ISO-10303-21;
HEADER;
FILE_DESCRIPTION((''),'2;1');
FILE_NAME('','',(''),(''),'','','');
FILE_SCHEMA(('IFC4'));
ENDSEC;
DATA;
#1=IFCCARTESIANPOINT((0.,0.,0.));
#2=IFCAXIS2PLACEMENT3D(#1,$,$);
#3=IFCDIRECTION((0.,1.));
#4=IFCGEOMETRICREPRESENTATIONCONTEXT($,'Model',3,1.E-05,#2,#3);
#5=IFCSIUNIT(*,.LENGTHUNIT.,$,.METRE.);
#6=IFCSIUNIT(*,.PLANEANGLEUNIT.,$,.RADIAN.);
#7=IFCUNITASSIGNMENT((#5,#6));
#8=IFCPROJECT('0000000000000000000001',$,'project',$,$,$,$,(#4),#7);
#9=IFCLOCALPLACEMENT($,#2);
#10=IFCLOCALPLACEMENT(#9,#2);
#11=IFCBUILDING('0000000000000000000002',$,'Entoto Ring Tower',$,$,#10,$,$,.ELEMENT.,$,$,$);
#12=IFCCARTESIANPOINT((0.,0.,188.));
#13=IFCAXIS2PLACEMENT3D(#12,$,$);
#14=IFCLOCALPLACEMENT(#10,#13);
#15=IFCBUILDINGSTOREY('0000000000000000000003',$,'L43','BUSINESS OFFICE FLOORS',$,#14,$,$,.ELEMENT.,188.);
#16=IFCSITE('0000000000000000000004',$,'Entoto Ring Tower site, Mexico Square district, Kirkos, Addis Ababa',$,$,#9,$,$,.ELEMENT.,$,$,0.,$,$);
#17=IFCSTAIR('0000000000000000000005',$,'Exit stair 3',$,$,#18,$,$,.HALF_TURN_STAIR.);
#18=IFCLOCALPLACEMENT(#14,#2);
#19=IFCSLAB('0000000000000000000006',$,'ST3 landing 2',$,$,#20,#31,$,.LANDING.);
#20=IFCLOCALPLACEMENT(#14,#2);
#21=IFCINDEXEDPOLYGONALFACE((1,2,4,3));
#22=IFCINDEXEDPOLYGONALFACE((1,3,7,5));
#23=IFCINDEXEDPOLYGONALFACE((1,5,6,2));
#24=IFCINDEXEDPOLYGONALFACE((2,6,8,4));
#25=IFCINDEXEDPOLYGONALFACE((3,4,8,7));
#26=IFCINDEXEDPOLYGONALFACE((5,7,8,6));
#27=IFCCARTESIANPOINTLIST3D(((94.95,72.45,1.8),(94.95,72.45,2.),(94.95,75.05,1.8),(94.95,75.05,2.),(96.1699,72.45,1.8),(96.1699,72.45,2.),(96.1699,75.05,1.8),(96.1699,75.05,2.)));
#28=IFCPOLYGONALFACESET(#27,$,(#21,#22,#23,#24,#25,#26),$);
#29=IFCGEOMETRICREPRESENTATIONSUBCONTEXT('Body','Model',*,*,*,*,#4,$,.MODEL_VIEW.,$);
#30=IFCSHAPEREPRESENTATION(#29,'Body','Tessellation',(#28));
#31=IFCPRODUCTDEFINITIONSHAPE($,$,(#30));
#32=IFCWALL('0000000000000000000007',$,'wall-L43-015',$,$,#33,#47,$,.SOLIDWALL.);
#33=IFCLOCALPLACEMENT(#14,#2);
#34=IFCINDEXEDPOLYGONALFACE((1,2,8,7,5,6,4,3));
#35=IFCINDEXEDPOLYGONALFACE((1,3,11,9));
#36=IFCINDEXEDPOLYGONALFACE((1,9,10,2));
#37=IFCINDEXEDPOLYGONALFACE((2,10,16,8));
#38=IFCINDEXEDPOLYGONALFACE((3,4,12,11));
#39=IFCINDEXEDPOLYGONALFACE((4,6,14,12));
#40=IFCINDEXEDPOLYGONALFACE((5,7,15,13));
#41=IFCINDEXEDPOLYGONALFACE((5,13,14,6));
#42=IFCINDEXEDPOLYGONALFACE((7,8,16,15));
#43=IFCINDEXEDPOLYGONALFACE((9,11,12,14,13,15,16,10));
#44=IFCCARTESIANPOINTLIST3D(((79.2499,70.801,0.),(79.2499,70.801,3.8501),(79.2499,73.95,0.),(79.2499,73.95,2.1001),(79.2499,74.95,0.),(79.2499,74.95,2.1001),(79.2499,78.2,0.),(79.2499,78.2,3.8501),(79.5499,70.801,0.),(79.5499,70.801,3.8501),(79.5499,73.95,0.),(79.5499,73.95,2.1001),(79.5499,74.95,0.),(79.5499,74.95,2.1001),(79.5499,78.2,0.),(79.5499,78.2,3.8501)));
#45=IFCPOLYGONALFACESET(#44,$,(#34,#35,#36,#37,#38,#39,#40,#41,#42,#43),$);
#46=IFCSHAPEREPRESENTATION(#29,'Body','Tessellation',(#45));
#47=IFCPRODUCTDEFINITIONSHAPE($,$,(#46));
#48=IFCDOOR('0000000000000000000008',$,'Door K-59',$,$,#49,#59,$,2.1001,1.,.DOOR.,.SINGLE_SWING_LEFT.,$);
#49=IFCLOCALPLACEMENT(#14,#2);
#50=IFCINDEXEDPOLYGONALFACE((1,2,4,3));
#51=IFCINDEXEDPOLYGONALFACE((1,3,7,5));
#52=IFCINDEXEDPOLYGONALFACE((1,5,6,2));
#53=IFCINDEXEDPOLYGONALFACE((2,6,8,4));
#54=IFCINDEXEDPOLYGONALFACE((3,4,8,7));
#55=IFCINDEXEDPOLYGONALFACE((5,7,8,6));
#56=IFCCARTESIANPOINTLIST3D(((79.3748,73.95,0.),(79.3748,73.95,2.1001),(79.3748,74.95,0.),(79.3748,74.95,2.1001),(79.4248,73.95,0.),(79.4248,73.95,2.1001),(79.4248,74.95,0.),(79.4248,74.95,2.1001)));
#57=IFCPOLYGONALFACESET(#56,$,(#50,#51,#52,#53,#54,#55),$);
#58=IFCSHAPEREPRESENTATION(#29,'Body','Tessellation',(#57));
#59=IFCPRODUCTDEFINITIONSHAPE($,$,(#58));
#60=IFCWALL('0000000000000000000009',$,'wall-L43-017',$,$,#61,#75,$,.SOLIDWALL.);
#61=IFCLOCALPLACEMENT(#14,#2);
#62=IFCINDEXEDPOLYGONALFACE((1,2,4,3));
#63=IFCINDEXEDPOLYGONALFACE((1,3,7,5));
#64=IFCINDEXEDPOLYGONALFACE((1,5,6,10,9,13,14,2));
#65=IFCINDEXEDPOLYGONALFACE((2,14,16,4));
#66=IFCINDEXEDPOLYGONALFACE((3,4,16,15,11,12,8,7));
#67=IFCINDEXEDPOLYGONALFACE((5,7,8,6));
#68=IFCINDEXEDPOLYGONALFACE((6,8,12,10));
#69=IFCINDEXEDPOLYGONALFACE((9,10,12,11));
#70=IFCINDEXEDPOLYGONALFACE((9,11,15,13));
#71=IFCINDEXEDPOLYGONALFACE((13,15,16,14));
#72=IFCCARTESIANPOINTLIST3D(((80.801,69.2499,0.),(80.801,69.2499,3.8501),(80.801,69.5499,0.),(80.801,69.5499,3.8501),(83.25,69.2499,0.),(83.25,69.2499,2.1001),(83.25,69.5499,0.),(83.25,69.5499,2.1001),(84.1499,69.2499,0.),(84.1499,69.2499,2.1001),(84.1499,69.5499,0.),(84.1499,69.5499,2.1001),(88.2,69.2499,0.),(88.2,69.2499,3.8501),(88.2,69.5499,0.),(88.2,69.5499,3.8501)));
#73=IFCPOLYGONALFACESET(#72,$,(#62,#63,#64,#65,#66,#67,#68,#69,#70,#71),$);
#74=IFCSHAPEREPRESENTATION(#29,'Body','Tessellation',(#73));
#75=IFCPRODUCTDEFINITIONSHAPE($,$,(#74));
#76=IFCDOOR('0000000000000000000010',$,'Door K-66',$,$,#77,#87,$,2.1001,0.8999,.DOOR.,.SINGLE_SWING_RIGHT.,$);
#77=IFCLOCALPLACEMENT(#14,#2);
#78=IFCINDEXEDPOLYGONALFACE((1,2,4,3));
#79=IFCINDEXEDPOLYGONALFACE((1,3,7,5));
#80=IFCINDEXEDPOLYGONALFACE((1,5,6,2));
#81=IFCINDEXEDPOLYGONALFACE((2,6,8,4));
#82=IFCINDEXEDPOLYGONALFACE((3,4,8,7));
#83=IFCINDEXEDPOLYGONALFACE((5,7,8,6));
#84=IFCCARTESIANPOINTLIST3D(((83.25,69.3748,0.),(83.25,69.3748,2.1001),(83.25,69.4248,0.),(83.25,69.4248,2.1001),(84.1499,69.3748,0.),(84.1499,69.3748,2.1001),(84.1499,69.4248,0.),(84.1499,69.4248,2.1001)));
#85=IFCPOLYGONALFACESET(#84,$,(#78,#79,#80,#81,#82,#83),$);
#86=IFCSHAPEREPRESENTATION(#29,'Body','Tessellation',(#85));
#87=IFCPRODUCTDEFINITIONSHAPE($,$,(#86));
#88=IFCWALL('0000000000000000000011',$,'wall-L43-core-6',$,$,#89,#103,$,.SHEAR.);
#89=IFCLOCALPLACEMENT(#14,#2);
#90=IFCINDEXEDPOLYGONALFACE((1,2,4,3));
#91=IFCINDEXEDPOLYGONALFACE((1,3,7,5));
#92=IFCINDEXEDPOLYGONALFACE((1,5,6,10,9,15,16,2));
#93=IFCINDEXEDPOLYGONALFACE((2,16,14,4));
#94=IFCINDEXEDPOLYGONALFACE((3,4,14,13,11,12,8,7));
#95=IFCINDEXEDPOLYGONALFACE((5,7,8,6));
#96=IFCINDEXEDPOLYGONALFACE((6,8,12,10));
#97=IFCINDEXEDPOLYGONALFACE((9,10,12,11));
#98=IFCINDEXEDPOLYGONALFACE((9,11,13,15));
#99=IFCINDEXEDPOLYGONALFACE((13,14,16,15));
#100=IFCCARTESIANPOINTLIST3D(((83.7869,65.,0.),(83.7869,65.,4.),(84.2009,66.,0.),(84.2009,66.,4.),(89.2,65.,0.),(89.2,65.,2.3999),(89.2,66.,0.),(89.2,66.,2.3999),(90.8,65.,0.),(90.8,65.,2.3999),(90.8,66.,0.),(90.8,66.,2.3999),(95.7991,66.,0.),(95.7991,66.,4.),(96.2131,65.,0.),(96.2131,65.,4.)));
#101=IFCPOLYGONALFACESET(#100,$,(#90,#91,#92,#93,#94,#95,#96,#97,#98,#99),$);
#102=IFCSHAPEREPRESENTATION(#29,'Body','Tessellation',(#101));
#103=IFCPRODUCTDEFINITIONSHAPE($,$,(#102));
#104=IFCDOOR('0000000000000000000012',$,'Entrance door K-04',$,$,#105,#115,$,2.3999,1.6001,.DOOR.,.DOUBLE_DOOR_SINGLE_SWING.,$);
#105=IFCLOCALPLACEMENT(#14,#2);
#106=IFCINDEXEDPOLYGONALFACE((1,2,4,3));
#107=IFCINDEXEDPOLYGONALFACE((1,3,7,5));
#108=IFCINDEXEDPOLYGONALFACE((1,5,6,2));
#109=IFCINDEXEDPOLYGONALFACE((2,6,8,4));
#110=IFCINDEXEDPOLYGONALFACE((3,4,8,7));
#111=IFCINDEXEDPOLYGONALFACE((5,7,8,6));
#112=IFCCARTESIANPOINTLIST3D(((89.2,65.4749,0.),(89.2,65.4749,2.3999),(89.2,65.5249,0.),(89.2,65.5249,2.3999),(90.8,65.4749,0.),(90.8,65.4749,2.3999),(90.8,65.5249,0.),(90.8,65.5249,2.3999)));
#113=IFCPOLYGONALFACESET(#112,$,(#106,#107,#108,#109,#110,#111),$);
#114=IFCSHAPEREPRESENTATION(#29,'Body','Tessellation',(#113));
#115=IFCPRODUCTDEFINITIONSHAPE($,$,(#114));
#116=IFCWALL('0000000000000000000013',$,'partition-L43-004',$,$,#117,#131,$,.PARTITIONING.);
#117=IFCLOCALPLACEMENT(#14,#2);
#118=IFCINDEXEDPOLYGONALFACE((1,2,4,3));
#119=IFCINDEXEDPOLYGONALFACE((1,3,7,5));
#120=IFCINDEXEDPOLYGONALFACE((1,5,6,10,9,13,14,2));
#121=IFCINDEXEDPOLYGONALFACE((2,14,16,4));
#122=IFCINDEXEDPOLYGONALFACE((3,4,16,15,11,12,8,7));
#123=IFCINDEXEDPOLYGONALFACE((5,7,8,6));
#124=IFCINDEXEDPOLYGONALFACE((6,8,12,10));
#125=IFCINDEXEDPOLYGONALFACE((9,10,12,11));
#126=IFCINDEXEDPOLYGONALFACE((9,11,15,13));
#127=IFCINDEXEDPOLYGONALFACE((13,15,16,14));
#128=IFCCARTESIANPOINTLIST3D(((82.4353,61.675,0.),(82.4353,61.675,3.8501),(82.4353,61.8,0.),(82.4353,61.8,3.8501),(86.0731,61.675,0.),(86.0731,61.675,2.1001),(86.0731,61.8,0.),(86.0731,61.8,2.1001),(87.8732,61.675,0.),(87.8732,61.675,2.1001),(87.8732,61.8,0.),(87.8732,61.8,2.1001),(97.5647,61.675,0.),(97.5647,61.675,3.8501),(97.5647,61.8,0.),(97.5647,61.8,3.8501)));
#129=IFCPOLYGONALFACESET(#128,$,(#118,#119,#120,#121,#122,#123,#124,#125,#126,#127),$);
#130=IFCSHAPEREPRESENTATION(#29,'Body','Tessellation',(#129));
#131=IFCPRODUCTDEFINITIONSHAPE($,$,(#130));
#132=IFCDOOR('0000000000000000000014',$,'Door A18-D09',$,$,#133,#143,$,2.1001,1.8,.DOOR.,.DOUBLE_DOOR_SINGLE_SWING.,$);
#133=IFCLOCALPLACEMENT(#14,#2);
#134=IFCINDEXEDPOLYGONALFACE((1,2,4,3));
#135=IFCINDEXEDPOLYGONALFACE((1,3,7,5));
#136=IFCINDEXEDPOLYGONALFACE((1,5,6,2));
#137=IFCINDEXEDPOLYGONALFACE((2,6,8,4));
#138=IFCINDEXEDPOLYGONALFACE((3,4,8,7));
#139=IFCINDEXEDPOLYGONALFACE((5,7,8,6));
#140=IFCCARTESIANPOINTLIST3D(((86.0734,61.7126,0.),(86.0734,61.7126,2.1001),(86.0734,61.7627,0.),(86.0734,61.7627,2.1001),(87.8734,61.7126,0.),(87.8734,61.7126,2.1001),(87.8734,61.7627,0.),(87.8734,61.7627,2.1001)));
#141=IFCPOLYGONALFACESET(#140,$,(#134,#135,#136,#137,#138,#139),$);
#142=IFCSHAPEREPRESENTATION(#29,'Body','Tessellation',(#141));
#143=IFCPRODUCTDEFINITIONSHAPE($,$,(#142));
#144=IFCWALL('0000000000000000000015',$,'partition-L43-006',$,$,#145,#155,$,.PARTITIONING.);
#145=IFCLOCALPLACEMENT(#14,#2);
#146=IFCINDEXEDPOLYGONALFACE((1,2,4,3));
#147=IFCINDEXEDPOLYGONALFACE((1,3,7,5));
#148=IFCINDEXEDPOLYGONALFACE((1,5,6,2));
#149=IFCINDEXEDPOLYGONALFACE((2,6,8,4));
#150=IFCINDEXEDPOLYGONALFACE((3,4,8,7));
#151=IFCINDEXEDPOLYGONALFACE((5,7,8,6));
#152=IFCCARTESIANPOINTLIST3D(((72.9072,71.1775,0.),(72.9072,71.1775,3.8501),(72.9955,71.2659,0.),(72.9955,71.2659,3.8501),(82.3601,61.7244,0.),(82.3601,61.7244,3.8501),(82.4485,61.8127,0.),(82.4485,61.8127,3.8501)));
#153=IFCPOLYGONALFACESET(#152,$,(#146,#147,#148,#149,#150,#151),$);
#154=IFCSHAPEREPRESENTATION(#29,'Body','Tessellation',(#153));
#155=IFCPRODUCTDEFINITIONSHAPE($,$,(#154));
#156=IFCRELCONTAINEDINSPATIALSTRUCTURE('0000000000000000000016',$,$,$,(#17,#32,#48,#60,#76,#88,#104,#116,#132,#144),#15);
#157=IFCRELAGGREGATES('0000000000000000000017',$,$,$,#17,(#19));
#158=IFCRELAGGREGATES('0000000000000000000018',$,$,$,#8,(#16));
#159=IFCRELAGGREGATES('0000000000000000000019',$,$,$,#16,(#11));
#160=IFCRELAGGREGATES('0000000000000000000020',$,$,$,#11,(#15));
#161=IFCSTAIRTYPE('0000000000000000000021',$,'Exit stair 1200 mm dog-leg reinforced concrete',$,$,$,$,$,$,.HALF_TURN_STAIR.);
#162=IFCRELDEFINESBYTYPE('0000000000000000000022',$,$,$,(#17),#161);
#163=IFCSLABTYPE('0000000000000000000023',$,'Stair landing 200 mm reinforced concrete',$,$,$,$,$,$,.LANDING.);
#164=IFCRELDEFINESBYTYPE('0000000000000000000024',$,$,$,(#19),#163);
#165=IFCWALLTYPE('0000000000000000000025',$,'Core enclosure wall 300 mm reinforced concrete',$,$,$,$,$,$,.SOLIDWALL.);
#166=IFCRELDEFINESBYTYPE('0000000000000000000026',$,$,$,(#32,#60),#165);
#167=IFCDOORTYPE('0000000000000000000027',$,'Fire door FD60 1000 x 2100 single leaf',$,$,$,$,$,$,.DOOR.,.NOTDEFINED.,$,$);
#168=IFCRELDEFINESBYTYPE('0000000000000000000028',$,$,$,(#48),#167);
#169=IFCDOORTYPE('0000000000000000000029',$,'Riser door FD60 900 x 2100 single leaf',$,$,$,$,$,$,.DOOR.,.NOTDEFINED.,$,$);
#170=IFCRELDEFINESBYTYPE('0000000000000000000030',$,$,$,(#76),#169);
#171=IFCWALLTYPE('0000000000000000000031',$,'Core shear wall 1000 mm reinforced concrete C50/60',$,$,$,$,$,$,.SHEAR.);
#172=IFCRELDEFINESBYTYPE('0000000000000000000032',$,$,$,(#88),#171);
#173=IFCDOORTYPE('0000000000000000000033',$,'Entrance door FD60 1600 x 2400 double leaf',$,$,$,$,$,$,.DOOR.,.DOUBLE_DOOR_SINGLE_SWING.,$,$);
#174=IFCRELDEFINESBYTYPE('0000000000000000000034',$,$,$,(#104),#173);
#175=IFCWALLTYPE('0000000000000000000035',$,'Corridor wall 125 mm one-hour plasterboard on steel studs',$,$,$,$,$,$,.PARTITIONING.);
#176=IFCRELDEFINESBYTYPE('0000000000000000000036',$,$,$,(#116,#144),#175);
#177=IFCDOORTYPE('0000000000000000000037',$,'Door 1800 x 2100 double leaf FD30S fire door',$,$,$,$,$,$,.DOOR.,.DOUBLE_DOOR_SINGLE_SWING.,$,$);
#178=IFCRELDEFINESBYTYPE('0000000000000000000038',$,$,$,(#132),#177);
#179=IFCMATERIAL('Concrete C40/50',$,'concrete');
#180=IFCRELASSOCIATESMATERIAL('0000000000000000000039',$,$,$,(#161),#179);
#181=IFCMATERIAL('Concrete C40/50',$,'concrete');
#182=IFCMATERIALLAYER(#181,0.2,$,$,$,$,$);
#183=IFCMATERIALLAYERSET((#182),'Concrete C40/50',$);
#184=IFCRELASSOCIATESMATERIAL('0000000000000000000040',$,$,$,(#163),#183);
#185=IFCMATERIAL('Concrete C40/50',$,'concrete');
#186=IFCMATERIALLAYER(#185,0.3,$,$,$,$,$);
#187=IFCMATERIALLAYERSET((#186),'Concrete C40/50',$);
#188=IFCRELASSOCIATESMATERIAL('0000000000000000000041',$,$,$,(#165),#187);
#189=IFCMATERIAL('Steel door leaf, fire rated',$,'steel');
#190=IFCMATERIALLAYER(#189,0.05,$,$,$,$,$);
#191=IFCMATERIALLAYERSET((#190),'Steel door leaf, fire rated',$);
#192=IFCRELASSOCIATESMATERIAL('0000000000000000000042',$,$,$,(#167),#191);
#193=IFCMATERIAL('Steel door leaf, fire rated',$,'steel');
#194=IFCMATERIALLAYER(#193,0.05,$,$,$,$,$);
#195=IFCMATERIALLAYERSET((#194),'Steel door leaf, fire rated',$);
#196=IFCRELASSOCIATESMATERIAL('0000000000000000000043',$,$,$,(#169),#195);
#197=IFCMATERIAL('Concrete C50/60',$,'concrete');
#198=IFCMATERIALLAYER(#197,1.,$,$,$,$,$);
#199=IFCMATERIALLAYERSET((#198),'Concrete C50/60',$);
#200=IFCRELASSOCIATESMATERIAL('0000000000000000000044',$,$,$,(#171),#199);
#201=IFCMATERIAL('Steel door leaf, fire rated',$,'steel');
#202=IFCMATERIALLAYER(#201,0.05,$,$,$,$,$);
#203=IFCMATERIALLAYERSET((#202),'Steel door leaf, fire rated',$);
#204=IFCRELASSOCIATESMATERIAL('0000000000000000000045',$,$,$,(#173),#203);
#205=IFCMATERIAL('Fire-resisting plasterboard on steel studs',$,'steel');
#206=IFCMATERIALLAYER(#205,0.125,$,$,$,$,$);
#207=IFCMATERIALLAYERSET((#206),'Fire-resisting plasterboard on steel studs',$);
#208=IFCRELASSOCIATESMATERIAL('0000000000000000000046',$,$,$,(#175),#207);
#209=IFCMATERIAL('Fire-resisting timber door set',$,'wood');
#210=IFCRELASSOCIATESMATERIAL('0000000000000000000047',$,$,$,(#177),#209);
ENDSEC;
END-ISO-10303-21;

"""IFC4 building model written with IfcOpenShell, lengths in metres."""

from ifc_helpers import new_model, si_unit, direction, frame, frame_2d, origin, place, context, subcontext, project, spatial, polyline, rectangle, outline, extrude, material, layer, layer_set, type_object, element, fill, aggregate, save


model = new_model("IFC4")

# Units and contexts
model_context = context("Model", 3, precision=1e-05, world=origin(), true_north=direction((0.0, 1.0)))
body_context = subcontext(model_context, "Body", "Model", "MODEL_VIEW")
ifc_project = project(units=[si_unit("LENGTHUNIT", "METRE"), si_unit("PLANEANGLEUNIT", "RADIAN")], contexts=[model_context])

# Site, building, storey
site_placement = place(None, origin())
site = spatial("IfcSite", under=ifc_project, at=site_placement, Name="Entoto Ring Tower site, Mexico Square district, Kirkos, Addis Ababa", CompositionType="ELEMENT", RefElevation=0.0)
building_placement = place(site_placement, origin())
building = spatial("IfcBuilding", under=site, at=building_placement, Name="Entoto Ring Tower", CompositionType="ELEMENT")
storey_placement = place(building_placement, frame((0.0, 0.0, 188.0)))
storey = spatial("IfcBuildingStorey", under=building, at=storey_placement, Name="L43", Description="BUSINESS OFFICE FLOORS", CompositionType="ELEMENT", Elevation=188.0)

# Stair, slab
ifc_material_1 = material(Name="Concrete C40/50", Category="concrete")
stair_type = type_object("IfcStairType", Name="Exit stair 1200 mm dog-leg reinforced concrete", PredefinedType="HALF_TURN_STAIR", material=ifc_material_1)
stair_placement = place(storey_placement, origin())
stair = element("IfcStair", 1, at=stair_placement, inside=storey, type_object=stair_type, Name="Exit stair 3", PredefinedType="HALF_TURN_STAIR")
ifc_material_2 = material(Name="Concrete C40/50", Category="concrete")
ifc_layer_1 = layer(ifc_material_2, 0.2)
ifc_layer_set_1 = layer_set([ifc_layer_1], Name="Concrete C40/50")
slab_type_1 = type_object("IfcSlabType", Name="Stair landing 200 mm reinforced concrete", PredefinedType="LANDING", material=ifc_layer_set_1)
slab_1_placement = place(storey_placement, frame((0.0, 0.0, 1.8)))
slab_1 = element("IfcSlab", 2, at=slab_1_placement, type_object=slab_type_1, Name="ST3 landing 2", PredefinedType="LANDING", context=body_context, shape_type="SweptSolid", body=[
    extrude(outline(polyline([(94.95, 72.45), (96.1699, 72.45), (96.1699, 75.05), (94.95, 75.05), (94.95, 72.45)])), origin(), (0.0, 0.0, 1.0), 0.2),
])
aggregate(stair, [slab_1])

# Walls, openings, doors
ifc_material_3 = material(Name="Concrete C40/50", Category="concrete")
ifc_layer_2 = layer(ifc_material_3, 0.3)
ifc_layer_set_2 = layer_set([ifc_layer_2], Name="Concrete C40/50")
wall_type_1 = type_object("IfcWallType", Name="Core enclosure wall 300 mm reinforced concrete", PredefinedType="SOLIDWALL", material=ifc_layer_set_2)
wall_1_placement = place(storey_placement, frame((79.3999, 70.801, 0.0), z_axis=(0.0, 0.0, 1.0), x_axis=(0.0, 1.0, 0.0)))
wall_1 = element("IfcWall", 3, at=wall_1_placement, inside=storey, type_object=wall_type_1, Name="wall-L43-015", PredefinedType="SOLIDWALL", context=body_context, shape_type="SweptSolid", body=[
    extrude(rectangle(XDim=7.3989, YDim=0.3, at=frame_2d((3.6995, 0.0))), origin(), (0.0, 0.0, 1.0), 3.8501),
])
opening_1_placement = place(wall_1_placement, frame((3.1489, 0.0, 0.0)))
opening_1 = element("IfcOpeningElement", 4, at=opening_1_placement, cuts=wall_1, PredefinedType="OPENING", context=body_context, shape_type="SweptSolid", body=[
    extrude(rectangle(XDim=1.0, YDim=2.1001, at=frame_2d((0.5, 1.05))), frame((0.0, 0.1602, 0.0), z_axis=(0.0, -1.0, 0.0), x_axis=(1.0, 0.0, 0.0)), (0.0, 0.0, 1.0), 0.3201),
])
ifc_material_4 = material(Name="Steel door leaf, fire rated", Category="steel")
ifc_layer_3 = layer(ifc_material_4, 0.05)
ifc_layer_set_3 = layer_set([ifc_layer_3], Name="Steel door leaf, fire rated")
door_type_1 = type_object("IfcDoorType", Name="Fire door FD60 1000 x 2100 single leaf", OperationType="NOTDEFINED", PredefinedType="DOOR", material=ifc_layer_set_3)
door_1_placement = place(opening_1_placement, frame((1.0, 0.0, 0.0), z_axis=(0.0, 0.0, 1.0), x_axis=(-1.0, 0.0, 0.0)))
door_1 = element("IfcDoor", 5, at=door_1_placement, inside=storey, type_object=door_type_1, Name="Door K-59", OperationType="SINGLE_SWING_LEFT", OverallHeight=2.1001, OverallWidth=1.0, PredefinedType="DOOR", context=body_context, shape_type="SweptSolid", body=[
    extrude(rectangle(XDim=1.0, YDim=2.1001, at=frame_2d((0.5, 1.05))), frame((0.0, 0.0249, 0.0), z_axis=(0.0, -1.0, 0.0), x_axis=(1.0, 0.0, 0.0)), (0.0, 0.0, 1.0), 0.05),
])
fill(opening_1, door_1)
wall_2_placement = place(storey_placement, frame((80.801, 69.3999, 0.0), z_axis=(0.0, 0.0, 1.0), x_axis=(1.0, 0.0, 0.0)))
wall_2 = element("IfcWall", 6, at=wall_2_placement, inside=storey, type_object=wall_type_1, Name="wall-L43-017", PredefinedType="SOLIDWALL", context=body_context, shape_type="SweptSolid", body=[
    extrude(rectangle(XDim=7.3989, YDim=0.3, at=frame_2d((3.6995, 0.0))), origin(), (0.0, 0.0, 1.0), 3.8501),
])
opening_2_placement = place(wall_2_placement, frame((2.449, 0.0, 0.0)))
opening_2 = element("IfcOpeningElement", 7, at=opening_2_placement, cuts=wall_2, PredefinedType="OPENING", context=body_context, shape_type="SweptSolid", body=[
    extrude(rectangle(XDim=0.8999, YDim=2.1001, at=frame_2d((0.45, 1.05))), frame((0.0, 0.1602, 0.0), z_axis=(0.0, -1.0, 0.0), x_axis=(1.0, 0.0, 0.0)), (0.0, 0.0, 1.0), 0.3201),
])
ifc_material_5 = material(Name="Steel door leaf, fire rated", Category="steel")
ifc_layer_4 = layer(ifc_material_5, 0.05)
ifc_layer_set_4 = layer_set([ifc_layer_4], Name="Steel door leaf, fire rated")
door_type_2 = type_object("IfcDoorType", Name="Riser door FD60 900 x 2100 single leaf", OperationType="NOTDEFINED", PredefinedType="DOOR", material=ifc_layer_set_4)
door_2_placement = place(opening_2_placement, origin())
door_2 = element("IfcDoor", 8, at=door_2_placement, inside=storey, type_object=door_type_2, Name="Door K-66", OperationType="SINGLE_SWING_RIGHT", OverallHeight=2.1001, OverallWidth=0.8999, PredefinedType="DOOR", context=body_context, shape_type="SweptSolid", body=[
    extrude(rectangle(XDim=0.8999, YDim=2.1001, at=frame_2d((0.45, 1.05))), frame((0.0, 0.0249, 0.0), z_axis=(0.0, -1.0, 0.0), x_axis=(1.0, 0.0, 0.0)), (0.0, 0.0, 1.0), 0.05),
])
fill(opening_2, door_2)
ifc_material_6 = material(Name="Concrete C50/60", Category="concrete")
ifc_layer_5 = layer(ifc_material_6, 1.0)
ifc_layer_set_5 = layer_set([ifc_layer_5], Name="Concrete C50/60")
wall_type_2 = type_object("IfcWallType", Name="Core shear wall 1000 mm reinforced concrete C50/60", PredefinedType="SHEAR", material=ifc_layer_set_5)
wall_3_placement = place(storey_placement, frame((83.9939, 65.5, 0.0), z_axis=(0.0, 0.0, 1.0), x_axis=(1.0, 0.0, 0.0)))
wall_3 = element("IfcWall", 9, at=wall_3_placement, inside=storey, type_object=wall_type_2, Name="wall-L43-core-6", PredefinedType="SHEAR", context=body_context, shape_type="SweptSolid", body=[
    extrude(outline(polyline([(-0.207, -0.5), (12.2192, -0.5), (11.8052, 0.5), (0.207, 0.5), (-0.207, -0.5)])), origin(), (0.0, 0.0, 1.0), 4.0),
])
opening_3_placement = place(wall_3_placement, frame((5.2061, 0.0, 0.0)))
opening_3 = element("IfcOpeningElement", 10, at=opening_3_placement, cuts=wall_3, PredefinedType="OPENING", context=body_context, shape_type="SweptSolid", body=[
    extrude(rectangle(XDim=1.6001, YDim=2.3999, at=frame_2d((0.8, 1.2))), frame((0.0, 0.51, 0.0), z_axis=(0.0, -1.0, 0.0), x_axis=(1.0, 0.0, 0.0)), (0.0, 0.0, 1.0), 1.02),
])
ifc_material_7 = material(Name="Steel door leaf, fire rated", Category="steel")
ifc_layer_6 = layer(ifc_material_7, 0.05)
ifc_layer_set_6 = layer_set([ifc_layer_6], Name="Steel door leaf, fire rated")
door_type_3 = type_object("IfcDoorType", Name="Entrance door FD60 1600 x 2400 double leaf", OperationType="DOUBLE_DOOR_SINGLE_SWING", PredefinedType="DOOR", material=ifc_layer_set_6)
door_3_placement = place(opening_3_placement, origin())
door_3 = element("IfcDoor", 11, at=door_3_placement, inside=storey, type_object=door_type_3, Name="Entrance door K-04", OperationType="DOUBLE_DOOR_SINGLE_SWING", OverallHeight=2.3999, OverallWidth=1.6001, PredefinedType="DOOR", context=body_context, shape_type="SweptSolid", body=[
    extrude(rectangle(XDim=1.6001, YDim=2.3999, at=frame_2d((0.8, 1.2))), frame((0.0, 0.0249, 0.0), z_axis=(0.0, -1.0, 0.0), x_axis=(1.0, 0.0, 0.0)), (0.0, 0.0, 1.0), 0.05),
])
fill(opening_3, door_3)
ifc_material_8 = material(Name="Fire-resisting plasterboard on steel studs", Category="steel")
ifc_layer_7 = layer(ifc_material_8, 0.125)
ifc_layer_set_7 = layer_set([ifc_layer_7], Name="Fire-resisting plasterboard on steel studs")
wall_type_3 = type_object("IfcWallType", Name="Corridor wall 125 mm one-hour plasterboard on steel studs", PredefinedType="PARTITIONING", material=ifc_layer_set_7)
wall_4_placement = place(storey_placement, frame((82.4353, 61.7375, 0.0), z_axis=(0.0, 0.0, 1.0), x_axis=(1.0, 0.0, 0.0)))
wall_4 = element("IfcWall", 12, at=wall_4_placement, inside=storey, type_object=wall_type_3, Name="partition-L43-004", PredefinedType="PARTITIONING", context=body_context, shape_type="SweptSolid", body=[
    extrude(rectangle(XDim=15.1294, YDim=0.125, at=frame_2d((7.5647, 0.0))), origin(), (0.0, 0.0, 1.0), 3.8501),
])
opening_4_placement = place(wall_4_placement, frame((3.6379, 0.0, 0.0)))
opening_4 = element("IfcOpeningElement", 13, at=opening_4_placement, cuts=wall_4, PredefinedType="OPENING", context=body_context, shape_type="SweptSolid", body=[
    extrude(rectangle(XDim=1.8, YDim=2.1001, at=frame_2d((0.8999, 1.05))), frame((0.0, 0.0725, 0.0), z_axis=(0.0, -1.0, 0.0), x_axis=(1.0, 0.0, 0.0)), (0.0, 0.0, 1.0), 0.145),
])
ifc_material_9 = material(Name="Fire-resisting timber door set", Category="wood")
door_type_4 = type_object("IfcDoorType", Name="Door 1800 x 2100 double leaf FD30S fire door", OperationType="DOUBLE_DOOR_SINGLE_SWING", PredefinedType="DOOR", material=ifc_material_9)
door_4_placement = place(opening_4_placement, frame((1.8, 0.0, 0.0), z_axis=(0.0, 0.0, 1.0), x_axis=(-1.0, 0.0, 0.0)))
door_4 = element("IfcDoor", 14, at=door_4_placement, inside=storey, type_object=door_type_4, Name="Door A18-D09", OperationType="DOUBLE_DOOR_SINGLE_SWING", OverallHeight=2.1001, OverallWidth=1.8, PredefinedType="DOOR", context=body_context, shape_type="SweptSolid", body=[
    extrude(rectangle(XDim=1.8, YDim=2.1001, at=frame_2d((0.8999, 1.05))), frame((0.0, 0.0249, 0.0), z_axis=(0.0, -1.0, 0.0), x_axis=(1.0, 0.0, 0.0)), (0.0, 0.0, 1.0), 0.05),
])
fill(opening_4, door_4)

# Wall
wall_5_placement = place(storey_placement, frame((82.4043, 61.7686, 0.0), z_axis=(0.0, 0.0, 1.0), x_axis=(-0.707098, 0.707116, 0.0)))
element("IfcWall", 15, at=wall_5_placement, inside=storey, type_object=wall_type_3, Name="partition-L43-006", PredefinedType="PARTITIONING", context=body_context, shape_type="SweptSolid", body=[
    extrude(rectangle(XDim=13.3687, YDim=0.125, at=frame_2d((6.6843, 0.0))), origin(), (0.0, 0.0, 1.0), 3.8501),
])

save(model, "model.ifc")
